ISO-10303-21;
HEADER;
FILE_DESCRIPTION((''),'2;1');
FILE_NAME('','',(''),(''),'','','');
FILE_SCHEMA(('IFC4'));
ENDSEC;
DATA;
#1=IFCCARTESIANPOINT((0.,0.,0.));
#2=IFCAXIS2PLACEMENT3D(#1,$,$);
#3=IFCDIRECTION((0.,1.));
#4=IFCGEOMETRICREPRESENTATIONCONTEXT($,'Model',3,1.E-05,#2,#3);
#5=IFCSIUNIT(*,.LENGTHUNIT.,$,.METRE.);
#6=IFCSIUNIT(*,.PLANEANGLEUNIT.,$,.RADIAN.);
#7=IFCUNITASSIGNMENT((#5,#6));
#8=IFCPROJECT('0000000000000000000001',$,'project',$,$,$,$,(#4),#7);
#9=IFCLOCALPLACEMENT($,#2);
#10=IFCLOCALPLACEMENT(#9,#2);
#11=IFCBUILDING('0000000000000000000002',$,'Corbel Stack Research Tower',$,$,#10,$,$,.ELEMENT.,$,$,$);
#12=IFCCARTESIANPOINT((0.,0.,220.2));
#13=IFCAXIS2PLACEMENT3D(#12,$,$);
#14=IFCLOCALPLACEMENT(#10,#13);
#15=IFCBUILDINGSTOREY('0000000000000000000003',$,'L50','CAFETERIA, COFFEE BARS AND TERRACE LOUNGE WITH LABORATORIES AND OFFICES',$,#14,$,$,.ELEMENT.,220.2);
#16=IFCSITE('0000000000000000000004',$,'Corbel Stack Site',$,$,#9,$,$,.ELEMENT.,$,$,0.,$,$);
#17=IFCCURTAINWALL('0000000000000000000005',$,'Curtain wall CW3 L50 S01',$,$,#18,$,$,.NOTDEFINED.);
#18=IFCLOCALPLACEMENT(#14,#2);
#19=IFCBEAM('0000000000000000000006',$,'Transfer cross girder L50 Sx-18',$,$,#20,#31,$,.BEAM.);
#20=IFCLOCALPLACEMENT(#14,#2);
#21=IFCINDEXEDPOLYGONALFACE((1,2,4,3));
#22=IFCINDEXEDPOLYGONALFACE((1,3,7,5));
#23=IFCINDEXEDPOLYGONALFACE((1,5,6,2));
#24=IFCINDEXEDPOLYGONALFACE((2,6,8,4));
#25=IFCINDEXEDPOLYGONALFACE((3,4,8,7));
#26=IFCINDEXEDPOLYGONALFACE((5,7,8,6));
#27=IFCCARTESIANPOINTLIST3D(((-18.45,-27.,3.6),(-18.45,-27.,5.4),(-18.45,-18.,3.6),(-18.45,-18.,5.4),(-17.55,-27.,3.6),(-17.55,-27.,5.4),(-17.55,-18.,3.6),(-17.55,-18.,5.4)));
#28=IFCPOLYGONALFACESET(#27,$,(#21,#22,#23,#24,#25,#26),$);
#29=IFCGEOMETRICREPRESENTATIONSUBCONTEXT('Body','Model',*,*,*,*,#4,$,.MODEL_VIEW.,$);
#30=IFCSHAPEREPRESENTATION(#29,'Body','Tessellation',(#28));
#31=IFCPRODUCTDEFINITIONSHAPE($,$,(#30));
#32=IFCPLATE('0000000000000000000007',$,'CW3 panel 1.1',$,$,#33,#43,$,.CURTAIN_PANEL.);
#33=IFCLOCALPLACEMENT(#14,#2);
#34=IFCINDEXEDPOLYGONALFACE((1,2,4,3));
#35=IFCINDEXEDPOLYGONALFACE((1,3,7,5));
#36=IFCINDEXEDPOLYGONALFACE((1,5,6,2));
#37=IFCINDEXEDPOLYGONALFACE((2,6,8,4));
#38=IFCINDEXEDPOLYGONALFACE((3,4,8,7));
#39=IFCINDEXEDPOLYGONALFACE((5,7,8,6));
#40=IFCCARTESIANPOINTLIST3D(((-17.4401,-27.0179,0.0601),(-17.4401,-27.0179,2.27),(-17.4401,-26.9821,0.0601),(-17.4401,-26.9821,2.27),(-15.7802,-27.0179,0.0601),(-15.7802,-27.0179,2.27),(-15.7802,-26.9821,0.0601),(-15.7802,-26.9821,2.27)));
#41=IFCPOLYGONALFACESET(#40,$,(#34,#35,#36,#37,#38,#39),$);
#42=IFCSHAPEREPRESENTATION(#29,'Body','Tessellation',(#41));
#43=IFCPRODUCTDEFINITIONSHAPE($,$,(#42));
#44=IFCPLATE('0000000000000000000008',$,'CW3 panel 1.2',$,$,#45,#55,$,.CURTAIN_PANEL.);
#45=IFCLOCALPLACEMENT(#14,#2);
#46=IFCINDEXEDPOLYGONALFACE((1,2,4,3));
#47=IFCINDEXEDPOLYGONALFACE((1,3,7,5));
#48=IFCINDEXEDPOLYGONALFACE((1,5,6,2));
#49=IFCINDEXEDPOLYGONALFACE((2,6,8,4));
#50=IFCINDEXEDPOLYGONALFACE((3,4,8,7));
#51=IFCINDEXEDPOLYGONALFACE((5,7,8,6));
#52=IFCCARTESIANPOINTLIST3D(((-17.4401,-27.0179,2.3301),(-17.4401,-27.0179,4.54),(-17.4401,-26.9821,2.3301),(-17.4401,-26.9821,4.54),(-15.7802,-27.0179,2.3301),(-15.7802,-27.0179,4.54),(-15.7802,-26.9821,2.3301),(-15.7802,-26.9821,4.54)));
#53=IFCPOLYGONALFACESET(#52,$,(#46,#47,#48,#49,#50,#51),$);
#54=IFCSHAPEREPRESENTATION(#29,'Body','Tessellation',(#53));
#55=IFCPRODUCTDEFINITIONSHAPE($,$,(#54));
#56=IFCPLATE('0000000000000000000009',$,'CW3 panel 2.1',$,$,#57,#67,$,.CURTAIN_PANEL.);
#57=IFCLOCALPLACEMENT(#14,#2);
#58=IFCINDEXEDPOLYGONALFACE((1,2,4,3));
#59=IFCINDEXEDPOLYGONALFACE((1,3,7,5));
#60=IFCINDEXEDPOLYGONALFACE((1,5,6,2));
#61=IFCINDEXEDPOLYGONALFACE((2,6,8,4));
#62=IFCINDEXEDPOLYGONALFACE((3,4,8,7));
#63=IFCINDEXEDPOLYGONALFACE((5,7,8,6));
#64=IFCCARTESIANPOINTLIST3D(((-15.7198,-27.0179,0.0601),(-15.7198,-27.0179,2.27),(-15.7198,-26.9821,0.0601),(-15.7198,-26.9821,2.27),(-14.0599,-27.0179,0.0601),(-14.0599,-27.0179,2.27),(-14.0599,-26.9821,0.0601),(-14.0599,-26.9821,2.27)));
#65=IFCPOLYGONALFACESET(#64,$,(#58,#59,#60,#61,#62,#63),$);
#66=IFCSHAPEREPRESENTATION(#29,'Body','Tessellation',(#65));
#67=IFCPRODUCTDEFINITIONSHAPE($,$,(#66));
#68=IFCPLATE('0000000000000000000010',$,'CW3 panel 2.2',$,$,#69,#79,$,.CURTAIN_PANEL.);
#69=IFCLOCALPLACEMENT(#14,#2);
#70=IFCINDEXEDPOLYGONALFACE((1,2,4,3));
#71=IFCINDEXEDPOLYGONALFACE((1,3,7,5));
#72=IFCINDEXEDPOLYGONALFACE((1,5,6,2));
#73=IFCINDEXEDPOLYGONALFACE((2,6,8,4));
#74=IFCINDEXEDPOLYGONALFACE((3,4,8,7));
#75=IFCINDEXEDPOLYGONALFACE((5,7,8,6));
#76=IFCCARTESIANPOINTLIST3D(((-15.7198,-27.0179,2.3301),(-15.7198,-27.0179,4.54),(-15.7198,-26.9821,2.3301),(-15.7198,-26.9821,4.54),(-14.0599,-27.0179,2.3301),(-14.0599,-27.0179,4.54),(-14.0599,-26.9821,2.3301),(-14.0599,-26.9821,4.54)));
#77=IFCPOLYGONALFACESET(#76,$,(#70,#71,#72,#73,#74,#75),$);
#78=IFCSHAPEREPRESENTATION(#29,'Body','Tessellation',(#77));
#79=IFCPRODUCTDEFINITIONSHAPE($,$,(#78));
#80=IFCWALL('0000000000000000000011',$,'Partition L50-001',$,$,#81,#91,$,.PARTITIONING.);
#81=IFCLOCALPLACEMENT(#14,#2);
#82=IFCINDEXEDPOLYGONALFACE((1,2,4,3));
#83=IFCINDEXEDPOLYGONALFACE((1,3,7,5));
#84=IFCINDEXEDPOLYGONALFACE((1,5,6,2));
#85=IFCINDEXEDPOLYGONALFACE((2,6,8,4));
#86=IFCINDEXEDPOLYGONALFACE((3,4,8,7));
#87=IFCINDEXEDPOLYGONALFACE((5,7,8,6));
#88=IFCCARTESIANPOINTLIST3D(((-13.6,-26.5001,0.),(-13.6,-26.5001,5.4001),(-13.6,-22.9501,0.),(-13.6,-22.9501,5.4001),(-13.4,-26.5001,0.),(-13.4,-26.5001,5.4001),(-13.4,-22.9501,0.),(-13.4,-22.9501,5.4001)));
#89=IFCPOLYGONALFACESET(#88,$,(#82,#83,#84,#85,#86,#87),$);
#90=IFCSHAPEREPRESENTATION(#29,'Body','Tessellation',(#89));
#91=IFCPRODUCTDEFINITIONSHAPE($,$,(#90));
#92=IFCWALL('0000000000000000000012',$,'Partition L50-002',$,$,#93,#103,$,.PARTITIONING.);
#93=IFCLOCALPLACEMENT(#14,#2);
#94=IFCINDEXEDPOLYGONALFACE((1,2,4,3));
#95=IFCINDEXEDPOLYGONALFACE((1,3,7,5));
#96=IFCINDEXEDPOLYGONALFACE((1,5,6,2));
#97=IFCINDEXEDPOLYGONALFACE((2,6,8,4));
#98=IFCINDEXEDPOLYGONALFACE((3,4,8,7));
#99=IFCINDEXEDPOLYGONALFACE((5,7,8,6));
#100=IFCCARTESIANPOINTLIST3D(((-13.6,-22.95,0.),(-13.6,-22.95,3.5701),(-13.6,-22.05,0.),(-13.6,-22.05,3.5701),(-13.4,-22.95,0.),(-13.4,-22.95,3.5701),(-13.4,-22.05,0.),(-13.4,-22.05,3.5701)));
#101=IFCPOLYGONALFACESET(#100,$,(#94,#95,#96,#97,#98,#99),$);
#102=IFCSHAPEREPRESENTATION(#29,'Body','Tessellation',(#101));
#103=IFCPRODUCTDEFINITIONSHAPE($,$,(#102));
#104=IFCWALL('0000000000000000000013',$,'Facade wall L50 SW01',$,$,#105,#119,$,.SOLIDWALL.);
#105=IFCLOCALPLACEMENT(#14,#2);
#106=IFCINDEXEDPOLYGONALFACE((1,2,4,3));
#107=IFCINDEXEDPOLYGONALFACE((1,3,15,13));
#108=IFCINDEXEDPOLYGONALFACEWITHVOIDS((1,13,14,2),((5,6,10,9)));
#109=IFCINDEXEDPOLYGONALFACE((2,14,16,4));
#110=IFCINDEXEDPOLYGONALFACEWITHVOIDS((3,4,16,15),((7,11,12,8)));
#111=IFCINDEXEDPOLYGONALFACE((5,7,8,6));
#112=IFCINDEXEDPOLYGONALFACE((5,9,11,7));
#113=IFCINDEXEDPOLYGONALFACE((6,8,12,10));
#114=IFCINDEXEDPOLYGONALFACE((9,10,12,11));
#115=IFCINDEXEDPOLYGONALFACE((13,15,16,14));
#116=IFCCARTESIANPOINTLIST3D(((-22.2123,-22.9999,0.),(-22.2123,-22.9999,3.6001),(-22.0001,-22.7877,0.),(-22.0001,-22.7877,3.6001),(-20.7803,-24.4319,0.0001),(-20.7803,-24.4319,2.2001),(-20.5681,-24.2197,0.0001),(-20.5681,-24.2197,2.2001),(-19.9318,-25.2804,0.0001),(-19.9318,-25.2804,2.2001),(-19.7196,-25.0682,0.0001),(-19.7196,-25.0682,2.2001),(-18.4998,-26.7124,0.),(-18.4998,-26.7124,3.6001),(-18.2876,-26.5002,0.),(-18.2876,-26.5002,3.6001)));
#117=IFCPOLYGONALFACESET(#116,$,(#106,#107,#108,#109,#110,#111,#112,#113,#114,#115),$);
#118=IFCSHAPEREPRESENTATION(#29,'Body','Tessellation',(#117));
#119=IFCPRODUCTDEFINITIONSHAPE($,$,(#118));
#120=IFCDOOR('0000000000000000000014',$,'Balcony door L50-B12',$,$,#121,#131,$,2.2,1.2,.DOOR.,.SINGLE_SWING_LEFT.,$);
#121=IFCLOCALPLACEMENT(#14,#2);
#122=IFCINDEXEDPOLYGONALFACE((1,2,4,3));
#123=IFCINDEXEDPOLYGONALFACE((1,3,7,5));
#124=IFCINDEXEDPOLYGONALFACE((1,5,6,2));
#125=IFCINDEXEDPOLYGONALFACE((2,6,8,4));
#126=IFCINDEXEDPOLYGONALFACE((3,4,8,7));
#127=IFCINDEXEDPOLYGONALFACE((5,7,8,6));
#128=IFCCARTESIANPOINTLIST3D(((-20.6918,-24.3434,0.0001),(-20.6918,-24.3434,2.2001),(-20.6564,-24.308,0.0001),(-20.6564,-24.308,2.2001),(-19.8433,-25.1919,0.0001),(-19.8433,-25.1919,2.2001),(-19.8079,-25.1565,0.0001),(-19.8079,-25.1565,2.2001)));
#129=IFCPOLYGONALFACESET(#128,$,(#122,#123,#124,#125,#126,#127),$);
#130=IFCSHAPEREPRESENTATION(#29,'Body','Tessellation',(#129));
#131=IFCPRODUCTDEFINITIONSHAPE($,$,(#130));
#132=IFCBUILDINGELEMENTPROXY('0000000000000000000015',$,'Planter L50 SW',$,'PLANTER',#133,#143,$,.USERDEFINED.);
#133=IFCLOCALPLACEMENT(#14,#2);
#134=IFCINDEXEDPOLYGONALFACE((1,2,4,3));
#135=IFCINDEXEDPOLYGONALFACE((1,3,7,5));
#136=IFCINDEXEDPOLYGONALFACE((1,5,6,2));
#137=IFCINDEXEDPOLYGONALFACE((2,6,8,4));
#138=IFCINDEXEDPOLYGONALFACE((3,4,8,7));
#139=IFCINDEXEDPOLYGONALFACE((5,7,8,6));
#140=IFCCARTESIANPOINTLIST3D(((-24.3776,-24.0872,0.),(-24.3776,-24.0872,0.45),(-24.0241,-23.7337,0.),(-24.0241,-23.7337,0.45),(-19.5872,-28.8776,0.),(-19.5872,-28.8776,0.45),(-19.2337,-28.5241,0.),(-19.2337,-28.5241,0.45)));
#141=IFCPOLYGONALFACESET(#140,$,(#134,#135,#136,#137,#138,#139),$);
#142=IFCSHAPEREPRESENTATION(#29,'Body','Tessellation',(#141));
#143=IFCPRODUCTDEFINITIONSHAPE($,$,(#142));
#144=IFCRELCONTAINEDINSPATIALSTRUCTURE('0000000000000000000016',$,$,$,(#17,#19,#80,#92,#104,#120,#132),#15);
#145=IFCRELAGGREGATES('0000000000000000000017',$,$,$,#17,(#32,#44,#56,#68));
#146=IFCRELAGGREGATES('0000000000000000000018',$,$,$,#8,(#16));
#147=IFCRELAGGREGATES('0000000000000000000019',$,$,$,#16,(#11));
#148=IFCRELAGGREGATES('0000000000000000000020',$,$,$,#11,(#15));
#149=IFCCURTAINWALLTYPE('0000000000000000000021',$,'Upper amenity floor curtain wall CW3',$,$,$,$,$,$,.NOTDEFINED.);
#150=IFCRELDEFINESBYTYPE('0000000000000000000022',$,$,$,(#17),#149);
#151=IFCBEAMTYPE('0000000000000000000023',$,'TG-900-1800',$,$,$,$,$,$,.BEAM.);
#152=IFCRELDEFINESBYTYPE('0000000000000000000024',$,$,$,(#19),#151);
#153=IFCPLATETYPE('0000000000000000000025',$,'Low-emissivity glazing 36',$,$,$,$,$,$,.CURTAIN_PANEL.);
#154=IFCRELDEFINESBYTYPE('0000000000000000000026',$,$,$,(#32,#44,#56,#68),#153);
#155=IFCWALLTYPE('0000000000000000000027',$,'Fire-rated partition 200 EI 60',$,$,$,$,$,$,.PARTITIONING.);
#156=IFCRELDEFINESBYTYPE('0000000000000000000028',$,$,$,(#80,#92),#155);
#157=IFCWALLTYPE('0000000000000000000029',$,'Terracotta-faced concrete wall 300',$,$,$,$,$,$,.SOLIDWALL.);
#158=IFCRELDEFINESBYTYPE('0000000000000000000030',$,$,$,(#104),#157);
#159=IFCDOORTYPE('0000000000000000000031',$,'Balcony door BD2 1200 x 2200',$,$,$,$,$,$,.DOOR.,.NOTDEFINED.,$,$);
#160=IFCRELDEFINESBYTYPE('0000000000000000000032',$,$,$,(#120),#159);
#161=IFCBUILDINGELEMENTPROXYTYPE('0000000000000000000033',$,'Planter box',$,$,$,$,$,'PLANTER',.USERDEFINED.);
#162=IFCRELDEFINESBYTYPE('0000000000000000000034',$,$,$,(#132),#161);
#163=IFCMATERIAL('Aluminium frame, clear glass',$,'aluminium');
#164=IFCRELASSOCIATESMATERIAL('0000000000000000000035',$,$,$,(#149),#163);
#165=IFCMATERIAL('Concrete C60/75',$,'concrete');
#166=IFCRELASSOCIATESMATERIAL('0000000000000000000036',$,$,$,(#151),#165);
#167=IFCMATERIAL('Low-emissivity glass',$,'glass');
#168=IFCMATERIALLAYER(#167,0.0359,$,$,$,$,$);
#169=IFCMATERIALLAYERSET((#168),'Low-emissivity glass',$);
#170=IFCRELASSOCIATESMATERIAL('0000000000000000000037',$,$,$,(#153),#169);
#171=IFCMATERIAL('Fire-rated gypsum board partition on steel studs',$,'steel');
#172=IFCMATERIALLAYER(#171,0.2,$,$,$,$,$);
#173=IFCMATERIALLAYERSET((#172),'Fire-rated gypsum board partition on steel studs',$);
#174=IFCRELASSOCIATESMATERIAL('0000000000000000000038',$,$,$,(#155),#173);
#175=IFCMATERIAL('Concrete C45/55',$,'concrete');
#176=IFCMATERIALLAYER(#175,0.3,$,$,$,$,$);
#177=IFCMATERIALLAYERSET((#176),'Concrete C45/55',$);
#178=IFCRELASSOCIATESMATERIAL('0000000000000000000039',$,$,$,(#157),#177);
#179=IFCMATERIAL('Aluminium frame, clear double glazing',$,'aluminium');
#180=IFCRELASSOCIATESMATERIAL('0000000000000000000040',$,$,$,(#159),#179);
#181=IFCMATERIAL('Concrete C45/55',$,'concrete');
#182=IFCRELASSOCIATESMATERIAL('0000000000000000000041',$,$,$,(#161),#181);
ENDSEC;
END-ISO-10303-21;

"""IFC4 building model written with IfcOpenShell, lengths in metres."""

from ifc_helpers import new_model, si_unit, direction, frame, frame_2d, origin, origin_2d, place, context, subcontext, project, spatial, rectangle, extrude, material, layer, layer_set, material_profile, profile_set, type_object, element, fill, aggregate, save


model = new_model("IFC4")

# Units and contexts
model_context = context("Model", 3, precision=1e-05, world=origin(), true_north=direction((0.0, 1.0)))
body_context = subcontext(model_context, "Body", "Model", "MODEL_VIEW")
ifc_project = project(units=[si_unit("LENGTHUNIT", "METRE"), si_unit("PLANEANGLEUNIT", "RADIAN")], contexts=[model_context])

# Site, building, storey
site_placement = place(None, origin())
site = spatial("IfcSite", under=ifc_project, at=site_placement, Name="Corbel Stack Site", CompositionType="ELEMENT", RefElevation=0.0)
building_placement = place(site_placement, origin())
building = spatial("IfcBuilding", under=site, at=building_placement, Name="Corbel Stack Research Tower", CompositionType="ELEMENT")
storey_placement = place(building_placement, frame((0.0, 0.0, 220.2)))
storey = spatial("IfcBuildingStorey", under=building, at=storey_placement, Name="L50", Description="CAFETERIA, COFFEE BARS AND TERRACE LOUNGE WITH LABORATORIES AND OFFICES", CompositionType="ELEMENT", Elevation=220.2)

# Curtain wall
ifc_material_1 = material(Name="Aluminium frame, clear glass", Category="aluminium")
curtain_wall_type = type_object("IfcCurtainWallType", Name="Upper amenity floor curtain wall CW3", PredefinedType="NOTDEFINED", material=ifc_material_1)
curtain_wall_placement = place(storey_placement, origin())
curtain_wall = element("IfcCurtainWall", 1, at=curtain_wall_placement, inside=storey, type_object=curtain_wall_type, Name="Curtain wall CW3 L50 S01", PredefinedType="NOTDEFINED")

# Beam
ifc_material_2 = material(Name="Concrete C60/75", Category="concrete")
ifc_material_profile_1 = material_profile(ifc_material_2, rectangle(XDim=0.8999, YDim=1.8, at=origin_2d()), Name="RC 900 x 1800")
ifc_profile_set_1 = profile_set([ifc_material_profile_1], Name="Concrete C60/75")
beam_type_1 = type_object("IfcBeamType", Name="TG-900-1800", PredefinedType="BEAM", material=ifc_profile_set_1)
beam_1_placement = place(storey_placement, frame((-18.0, -27.0, 4.5), z_axis=(0.0, 1.0, 0.0), x_axis=(-1.0, 0.0, 0.0)))
element("IfcBeam", 2, at=beam_1_placement, inside=storey, type_object=beam_type_1, Name="Transfer cross girder L50 Sx-18", PredefinedType="BEAM", context=body_context, shape_type="SweptSolid", body=[
    extrude(rectangle(XDim=0.8999, YDim=1.8, at=origin_2d()), origin(), (0.0, 0.0, 1.0), 9.0),
])

# Plates
ifc_material_3 = material(Name="Low-emissivity glass", Category="glass")
ifc_layer_1 = layer(ifc_material_3, 0.0359)
ifc_layer_set_1 = layer_set([ifc_layer_1], Name="Low-emissivity glass")
plate_type = type_object("IfcPlateType", Name="Low-emissivity glazing 36", PredefinedType="CURTAIN_PANEL", material=ifc_layer_set_1)
plate_1_placement = place(storey_placement, frame((-16.6101, -27.0, 0.0601), z_axis=(0.0, 0.0, 1.0), x_axis=(1.0, 0.0, 0.0)))
plate_1 = element("IfcPlate", 3, at=plate_1_placement, type_object=plate_type, Name="CW3 panel 1.1", PredefinedType="CURTAIN_PANEL", context=body_context, shape_type="SweptSolid", body=[
    extrude(rectangle(XDim=1.6599, YDim=0.0359, at=origin_2d()), origin(), (0.0, 0.0, 1.0), 2.21),
])
plate_2_placement = place(storey_placement, frame((-16.6101, -27.0, 2.3301), z_axis=(0.0, 0.0, 1.0), x_axis=(1.0, 0.0, 0.0)))
plate_2 = element("IfcPlate", 4, at=plate_2_placement, type_object=plate_type, Name="CW3 panel 1.2", PredefinedType="CURTAIN_PANEL", context=body_context, shape_type="SweptSolid", body=[
    extrude(rectangle(XDim=1.6599, YDim=0.0359, at=origin_2d()), origin(), (0.0, 0.0, 1.0), 2.21),
])
plate_3_placement = place(storey_placement, frame((-14.8899, -27.0, 0.0601), z_axis=(0.0, 0.0, 1.0), x_axis=(1.0, 0.0, 0.0)))
plate_3 = element("IfcPlate", 5, at=plate_3_placement, type_object=plate_type, Name="CW3 panel 2.1", PredefinedType="CURTAIN_PANEL", context=body_context, shape_type="SweptSolid", body=[
    extrude(rectangle(XDim=1.6599, YDim=0.0359, at=origin_2d()), origin(), (0.0, 0.0, 1.0), 2.21),
])
plate_4_placement = place(storey_placement, frame((-14.8899, -27.0, 2.3301), z_axis=(0.0, 0.0, 1.0), x_axis=(1.0, 0.0, 0.0)))
plate_4 = element("IfcPlate", 6, at=plate_4_placement, type_object=plate_type, Name="CW3 panel 2.2", PredefinedType="CURTAIN_PANEL", context=body_context, shape_type="SweptSolid", body=[
    extrude(rectangle(XDim=1.6599, YDim=0.0359, at=origin_2d()), origin(), (0.0, 0.0, 1.0), 2.21),
])
aggregate(curtain_wall, [plate_1, plate_2, plate_3, plate_4])

# Walls
ifc_material_4 = material(Name="Fire-rated gypsum board partition on steel studs", Category="steel")
ifc_layer_2 = layer(ifc_material_4, 0.2)
ifc_layer_set_2 = layer_set([ifc_layer_2], Name="Fire-rated gypsum board partition on steel studs")
wall_type_1 = type_object("IfcWallType", Name="Fire-rated partition 200 EI 60", PredefinedType="PARTITIONING", material=ifc_layer_set_2)
wall_1_placement = place(storey_placement, frame((-13.5, -26.5, 0.0), z_axis=(0.0, 0.0, 1.0), x_axis=(0.0, 1.0, 0.0)))
element("IfcWall", 7, at=wall_1_placement, inside=storey, type_object=wall_type_1, Name="Partition L50-001", PredefinedType="PARTITIONING", context=body_context, shape_type="SweptSolid", body=[
    extrude(rectangle(XDim=3.55, YDim=0.2, at=frame_2d((1.7749, 0.0))), origin(), (0.0, 0.0, 1.0), 5.4001),
])
wall_2_placement = place(storey_placement, frame((-13.5, -22.95, 0.0), z_axis=(0.0, 0.0, 1.0), x_axis=(0.0, 1.0, 0.0)))
element("IfcWall", 8, at=wall_2_placement, inside=storey, type_object=wall_type_1, Name="Partition L50-002", PredefinedType="PARTITIONING", context=body_context, shape_type="SweptSolid", body=[
    extrude(rectangle(XDim=0.8999, YDim=0.2, at=frame_2d((0.45, 0.0))), origin(), (0.0, 0.0, 1.0), 3.5701),
])

# Wall, opening, door
ifc_material_5 = material(Name="Concrete C45/55", Category="concrete")
ifc_layer_3 = layer(ifc_material_5, 0.3)
ifc_layer_set_3 = layer_set([ifc_layer_3], Name="Concrete C45/55")
wall_type_2 = type_object("IfcWallType", Name="Terracotta-faced concrete wall 300", PredefinedType="SOLIDWALL", material=ifc_layer_set_3)
wall_3_placement = place(storey_placement, frame((-18.3938, -26.6062, 0.0), z_axis=(0.0, 0.0, 1.0), x_axis=(-0.707107, 0.707107, 0.0)))
wall_3 = element("IfcWall", 9, at=wall_3_placement, inside=storey, type_object=wall_type_2, Name="Facade wall L50 SW01", PredefinedType="SOLIDWALL", context=body_context, shape_type="SweptSolid", body=[
    extrude(rectangle(XDim=5.2502, YDim=0.3, at=frame_2d((2.625, 0.0))), origin(), (0.0, 0.0, 1.0), 3.6001),
])
opening_placement = place(wall_3_placement, frame((2.0249, 0.0, 0.0)))
opening = element("IfcOpeningElement", 10, at=opening_placement, cuts=wall_3, PredefinedType="OPENING", context=body_context, shape_type="SweptSolid", body=[
    extrude(rectangle(XDim=1.2, YDim=2.2, at=frame_2d((0.6001, 1.1001))), frame((0.0, 0.1599, 0.0), z_axis=(0.0, -1.0, 0.0), x_axis=(1.0, 0.0, 0.0)), (0.0, 0.0, 1.0), 0.3201),
])
ifc_material_6 = material(Name="Aluminium frame, clear double glazing", Category="aluminium")
door_type = type_object("IfcDoorType", Name="Balcony door BD2 1200 x 2200", OperationType="NOTDEFINED", PredefinedType="DOOR", material=ifc_material_6)
door_placement = place(opening_placement, origin())
door = element("IfcDoor", 11, at=door_placement, inside=storey, type_object=door_type, Name="Balcony door L50-B12", OperationType="SINGLE_SWING_LEFT", OverallHeight=2.2, OverallWidth=1.2, PredefinedType="DOOR", context=body_context, shape_type="SweptSolid", body=[
    extrude(rectangle(XDim=1.2, YDim=2.2, at=frame_2d((0.6001, 1.1001))), frame((0.0, 0.0249, 0.0), z_axis=(0.0, -1.0, 0.0), x_axis=(1.0, 0.0, 0.0)), (0.0, 0.0, 1.0), 0.05),
])
fill(opening, door)

# Building element proxy
ifc_material_7 = material(Name="Concrete C45/55", Category="concrete")
building_element_proxy_type = type_object("IfcBuildingElementProxyType", Name="Planter box", ElementType="PLANTER", PredefinedType="USERDEFINED", material=ifc_material_7)
proxy_placement = place(storey_placement, frame((-21.8057, -26.3057, 0.0), z_axis=(0.0, 0.0, 1.0), x_axis=(0.707107, -0.707107, 0.0)))
element("IfcBuildingElementProxy", 12, at=proxy_placement, inside=storey, type_object=building_element_proxy_type, Name="Planter L50 SW", ObjectType="PLANTER", PredefinedType="USERDEFINED", context=body_context, shape_type="SweptSolid", body=[
    extrude(rectangle(XDim=6.7747, YDim=0.5, at=origin_2d()), origin(), (0.0, 0.0, 1.0), 0.45),
])

save(model, "model.ifc")
